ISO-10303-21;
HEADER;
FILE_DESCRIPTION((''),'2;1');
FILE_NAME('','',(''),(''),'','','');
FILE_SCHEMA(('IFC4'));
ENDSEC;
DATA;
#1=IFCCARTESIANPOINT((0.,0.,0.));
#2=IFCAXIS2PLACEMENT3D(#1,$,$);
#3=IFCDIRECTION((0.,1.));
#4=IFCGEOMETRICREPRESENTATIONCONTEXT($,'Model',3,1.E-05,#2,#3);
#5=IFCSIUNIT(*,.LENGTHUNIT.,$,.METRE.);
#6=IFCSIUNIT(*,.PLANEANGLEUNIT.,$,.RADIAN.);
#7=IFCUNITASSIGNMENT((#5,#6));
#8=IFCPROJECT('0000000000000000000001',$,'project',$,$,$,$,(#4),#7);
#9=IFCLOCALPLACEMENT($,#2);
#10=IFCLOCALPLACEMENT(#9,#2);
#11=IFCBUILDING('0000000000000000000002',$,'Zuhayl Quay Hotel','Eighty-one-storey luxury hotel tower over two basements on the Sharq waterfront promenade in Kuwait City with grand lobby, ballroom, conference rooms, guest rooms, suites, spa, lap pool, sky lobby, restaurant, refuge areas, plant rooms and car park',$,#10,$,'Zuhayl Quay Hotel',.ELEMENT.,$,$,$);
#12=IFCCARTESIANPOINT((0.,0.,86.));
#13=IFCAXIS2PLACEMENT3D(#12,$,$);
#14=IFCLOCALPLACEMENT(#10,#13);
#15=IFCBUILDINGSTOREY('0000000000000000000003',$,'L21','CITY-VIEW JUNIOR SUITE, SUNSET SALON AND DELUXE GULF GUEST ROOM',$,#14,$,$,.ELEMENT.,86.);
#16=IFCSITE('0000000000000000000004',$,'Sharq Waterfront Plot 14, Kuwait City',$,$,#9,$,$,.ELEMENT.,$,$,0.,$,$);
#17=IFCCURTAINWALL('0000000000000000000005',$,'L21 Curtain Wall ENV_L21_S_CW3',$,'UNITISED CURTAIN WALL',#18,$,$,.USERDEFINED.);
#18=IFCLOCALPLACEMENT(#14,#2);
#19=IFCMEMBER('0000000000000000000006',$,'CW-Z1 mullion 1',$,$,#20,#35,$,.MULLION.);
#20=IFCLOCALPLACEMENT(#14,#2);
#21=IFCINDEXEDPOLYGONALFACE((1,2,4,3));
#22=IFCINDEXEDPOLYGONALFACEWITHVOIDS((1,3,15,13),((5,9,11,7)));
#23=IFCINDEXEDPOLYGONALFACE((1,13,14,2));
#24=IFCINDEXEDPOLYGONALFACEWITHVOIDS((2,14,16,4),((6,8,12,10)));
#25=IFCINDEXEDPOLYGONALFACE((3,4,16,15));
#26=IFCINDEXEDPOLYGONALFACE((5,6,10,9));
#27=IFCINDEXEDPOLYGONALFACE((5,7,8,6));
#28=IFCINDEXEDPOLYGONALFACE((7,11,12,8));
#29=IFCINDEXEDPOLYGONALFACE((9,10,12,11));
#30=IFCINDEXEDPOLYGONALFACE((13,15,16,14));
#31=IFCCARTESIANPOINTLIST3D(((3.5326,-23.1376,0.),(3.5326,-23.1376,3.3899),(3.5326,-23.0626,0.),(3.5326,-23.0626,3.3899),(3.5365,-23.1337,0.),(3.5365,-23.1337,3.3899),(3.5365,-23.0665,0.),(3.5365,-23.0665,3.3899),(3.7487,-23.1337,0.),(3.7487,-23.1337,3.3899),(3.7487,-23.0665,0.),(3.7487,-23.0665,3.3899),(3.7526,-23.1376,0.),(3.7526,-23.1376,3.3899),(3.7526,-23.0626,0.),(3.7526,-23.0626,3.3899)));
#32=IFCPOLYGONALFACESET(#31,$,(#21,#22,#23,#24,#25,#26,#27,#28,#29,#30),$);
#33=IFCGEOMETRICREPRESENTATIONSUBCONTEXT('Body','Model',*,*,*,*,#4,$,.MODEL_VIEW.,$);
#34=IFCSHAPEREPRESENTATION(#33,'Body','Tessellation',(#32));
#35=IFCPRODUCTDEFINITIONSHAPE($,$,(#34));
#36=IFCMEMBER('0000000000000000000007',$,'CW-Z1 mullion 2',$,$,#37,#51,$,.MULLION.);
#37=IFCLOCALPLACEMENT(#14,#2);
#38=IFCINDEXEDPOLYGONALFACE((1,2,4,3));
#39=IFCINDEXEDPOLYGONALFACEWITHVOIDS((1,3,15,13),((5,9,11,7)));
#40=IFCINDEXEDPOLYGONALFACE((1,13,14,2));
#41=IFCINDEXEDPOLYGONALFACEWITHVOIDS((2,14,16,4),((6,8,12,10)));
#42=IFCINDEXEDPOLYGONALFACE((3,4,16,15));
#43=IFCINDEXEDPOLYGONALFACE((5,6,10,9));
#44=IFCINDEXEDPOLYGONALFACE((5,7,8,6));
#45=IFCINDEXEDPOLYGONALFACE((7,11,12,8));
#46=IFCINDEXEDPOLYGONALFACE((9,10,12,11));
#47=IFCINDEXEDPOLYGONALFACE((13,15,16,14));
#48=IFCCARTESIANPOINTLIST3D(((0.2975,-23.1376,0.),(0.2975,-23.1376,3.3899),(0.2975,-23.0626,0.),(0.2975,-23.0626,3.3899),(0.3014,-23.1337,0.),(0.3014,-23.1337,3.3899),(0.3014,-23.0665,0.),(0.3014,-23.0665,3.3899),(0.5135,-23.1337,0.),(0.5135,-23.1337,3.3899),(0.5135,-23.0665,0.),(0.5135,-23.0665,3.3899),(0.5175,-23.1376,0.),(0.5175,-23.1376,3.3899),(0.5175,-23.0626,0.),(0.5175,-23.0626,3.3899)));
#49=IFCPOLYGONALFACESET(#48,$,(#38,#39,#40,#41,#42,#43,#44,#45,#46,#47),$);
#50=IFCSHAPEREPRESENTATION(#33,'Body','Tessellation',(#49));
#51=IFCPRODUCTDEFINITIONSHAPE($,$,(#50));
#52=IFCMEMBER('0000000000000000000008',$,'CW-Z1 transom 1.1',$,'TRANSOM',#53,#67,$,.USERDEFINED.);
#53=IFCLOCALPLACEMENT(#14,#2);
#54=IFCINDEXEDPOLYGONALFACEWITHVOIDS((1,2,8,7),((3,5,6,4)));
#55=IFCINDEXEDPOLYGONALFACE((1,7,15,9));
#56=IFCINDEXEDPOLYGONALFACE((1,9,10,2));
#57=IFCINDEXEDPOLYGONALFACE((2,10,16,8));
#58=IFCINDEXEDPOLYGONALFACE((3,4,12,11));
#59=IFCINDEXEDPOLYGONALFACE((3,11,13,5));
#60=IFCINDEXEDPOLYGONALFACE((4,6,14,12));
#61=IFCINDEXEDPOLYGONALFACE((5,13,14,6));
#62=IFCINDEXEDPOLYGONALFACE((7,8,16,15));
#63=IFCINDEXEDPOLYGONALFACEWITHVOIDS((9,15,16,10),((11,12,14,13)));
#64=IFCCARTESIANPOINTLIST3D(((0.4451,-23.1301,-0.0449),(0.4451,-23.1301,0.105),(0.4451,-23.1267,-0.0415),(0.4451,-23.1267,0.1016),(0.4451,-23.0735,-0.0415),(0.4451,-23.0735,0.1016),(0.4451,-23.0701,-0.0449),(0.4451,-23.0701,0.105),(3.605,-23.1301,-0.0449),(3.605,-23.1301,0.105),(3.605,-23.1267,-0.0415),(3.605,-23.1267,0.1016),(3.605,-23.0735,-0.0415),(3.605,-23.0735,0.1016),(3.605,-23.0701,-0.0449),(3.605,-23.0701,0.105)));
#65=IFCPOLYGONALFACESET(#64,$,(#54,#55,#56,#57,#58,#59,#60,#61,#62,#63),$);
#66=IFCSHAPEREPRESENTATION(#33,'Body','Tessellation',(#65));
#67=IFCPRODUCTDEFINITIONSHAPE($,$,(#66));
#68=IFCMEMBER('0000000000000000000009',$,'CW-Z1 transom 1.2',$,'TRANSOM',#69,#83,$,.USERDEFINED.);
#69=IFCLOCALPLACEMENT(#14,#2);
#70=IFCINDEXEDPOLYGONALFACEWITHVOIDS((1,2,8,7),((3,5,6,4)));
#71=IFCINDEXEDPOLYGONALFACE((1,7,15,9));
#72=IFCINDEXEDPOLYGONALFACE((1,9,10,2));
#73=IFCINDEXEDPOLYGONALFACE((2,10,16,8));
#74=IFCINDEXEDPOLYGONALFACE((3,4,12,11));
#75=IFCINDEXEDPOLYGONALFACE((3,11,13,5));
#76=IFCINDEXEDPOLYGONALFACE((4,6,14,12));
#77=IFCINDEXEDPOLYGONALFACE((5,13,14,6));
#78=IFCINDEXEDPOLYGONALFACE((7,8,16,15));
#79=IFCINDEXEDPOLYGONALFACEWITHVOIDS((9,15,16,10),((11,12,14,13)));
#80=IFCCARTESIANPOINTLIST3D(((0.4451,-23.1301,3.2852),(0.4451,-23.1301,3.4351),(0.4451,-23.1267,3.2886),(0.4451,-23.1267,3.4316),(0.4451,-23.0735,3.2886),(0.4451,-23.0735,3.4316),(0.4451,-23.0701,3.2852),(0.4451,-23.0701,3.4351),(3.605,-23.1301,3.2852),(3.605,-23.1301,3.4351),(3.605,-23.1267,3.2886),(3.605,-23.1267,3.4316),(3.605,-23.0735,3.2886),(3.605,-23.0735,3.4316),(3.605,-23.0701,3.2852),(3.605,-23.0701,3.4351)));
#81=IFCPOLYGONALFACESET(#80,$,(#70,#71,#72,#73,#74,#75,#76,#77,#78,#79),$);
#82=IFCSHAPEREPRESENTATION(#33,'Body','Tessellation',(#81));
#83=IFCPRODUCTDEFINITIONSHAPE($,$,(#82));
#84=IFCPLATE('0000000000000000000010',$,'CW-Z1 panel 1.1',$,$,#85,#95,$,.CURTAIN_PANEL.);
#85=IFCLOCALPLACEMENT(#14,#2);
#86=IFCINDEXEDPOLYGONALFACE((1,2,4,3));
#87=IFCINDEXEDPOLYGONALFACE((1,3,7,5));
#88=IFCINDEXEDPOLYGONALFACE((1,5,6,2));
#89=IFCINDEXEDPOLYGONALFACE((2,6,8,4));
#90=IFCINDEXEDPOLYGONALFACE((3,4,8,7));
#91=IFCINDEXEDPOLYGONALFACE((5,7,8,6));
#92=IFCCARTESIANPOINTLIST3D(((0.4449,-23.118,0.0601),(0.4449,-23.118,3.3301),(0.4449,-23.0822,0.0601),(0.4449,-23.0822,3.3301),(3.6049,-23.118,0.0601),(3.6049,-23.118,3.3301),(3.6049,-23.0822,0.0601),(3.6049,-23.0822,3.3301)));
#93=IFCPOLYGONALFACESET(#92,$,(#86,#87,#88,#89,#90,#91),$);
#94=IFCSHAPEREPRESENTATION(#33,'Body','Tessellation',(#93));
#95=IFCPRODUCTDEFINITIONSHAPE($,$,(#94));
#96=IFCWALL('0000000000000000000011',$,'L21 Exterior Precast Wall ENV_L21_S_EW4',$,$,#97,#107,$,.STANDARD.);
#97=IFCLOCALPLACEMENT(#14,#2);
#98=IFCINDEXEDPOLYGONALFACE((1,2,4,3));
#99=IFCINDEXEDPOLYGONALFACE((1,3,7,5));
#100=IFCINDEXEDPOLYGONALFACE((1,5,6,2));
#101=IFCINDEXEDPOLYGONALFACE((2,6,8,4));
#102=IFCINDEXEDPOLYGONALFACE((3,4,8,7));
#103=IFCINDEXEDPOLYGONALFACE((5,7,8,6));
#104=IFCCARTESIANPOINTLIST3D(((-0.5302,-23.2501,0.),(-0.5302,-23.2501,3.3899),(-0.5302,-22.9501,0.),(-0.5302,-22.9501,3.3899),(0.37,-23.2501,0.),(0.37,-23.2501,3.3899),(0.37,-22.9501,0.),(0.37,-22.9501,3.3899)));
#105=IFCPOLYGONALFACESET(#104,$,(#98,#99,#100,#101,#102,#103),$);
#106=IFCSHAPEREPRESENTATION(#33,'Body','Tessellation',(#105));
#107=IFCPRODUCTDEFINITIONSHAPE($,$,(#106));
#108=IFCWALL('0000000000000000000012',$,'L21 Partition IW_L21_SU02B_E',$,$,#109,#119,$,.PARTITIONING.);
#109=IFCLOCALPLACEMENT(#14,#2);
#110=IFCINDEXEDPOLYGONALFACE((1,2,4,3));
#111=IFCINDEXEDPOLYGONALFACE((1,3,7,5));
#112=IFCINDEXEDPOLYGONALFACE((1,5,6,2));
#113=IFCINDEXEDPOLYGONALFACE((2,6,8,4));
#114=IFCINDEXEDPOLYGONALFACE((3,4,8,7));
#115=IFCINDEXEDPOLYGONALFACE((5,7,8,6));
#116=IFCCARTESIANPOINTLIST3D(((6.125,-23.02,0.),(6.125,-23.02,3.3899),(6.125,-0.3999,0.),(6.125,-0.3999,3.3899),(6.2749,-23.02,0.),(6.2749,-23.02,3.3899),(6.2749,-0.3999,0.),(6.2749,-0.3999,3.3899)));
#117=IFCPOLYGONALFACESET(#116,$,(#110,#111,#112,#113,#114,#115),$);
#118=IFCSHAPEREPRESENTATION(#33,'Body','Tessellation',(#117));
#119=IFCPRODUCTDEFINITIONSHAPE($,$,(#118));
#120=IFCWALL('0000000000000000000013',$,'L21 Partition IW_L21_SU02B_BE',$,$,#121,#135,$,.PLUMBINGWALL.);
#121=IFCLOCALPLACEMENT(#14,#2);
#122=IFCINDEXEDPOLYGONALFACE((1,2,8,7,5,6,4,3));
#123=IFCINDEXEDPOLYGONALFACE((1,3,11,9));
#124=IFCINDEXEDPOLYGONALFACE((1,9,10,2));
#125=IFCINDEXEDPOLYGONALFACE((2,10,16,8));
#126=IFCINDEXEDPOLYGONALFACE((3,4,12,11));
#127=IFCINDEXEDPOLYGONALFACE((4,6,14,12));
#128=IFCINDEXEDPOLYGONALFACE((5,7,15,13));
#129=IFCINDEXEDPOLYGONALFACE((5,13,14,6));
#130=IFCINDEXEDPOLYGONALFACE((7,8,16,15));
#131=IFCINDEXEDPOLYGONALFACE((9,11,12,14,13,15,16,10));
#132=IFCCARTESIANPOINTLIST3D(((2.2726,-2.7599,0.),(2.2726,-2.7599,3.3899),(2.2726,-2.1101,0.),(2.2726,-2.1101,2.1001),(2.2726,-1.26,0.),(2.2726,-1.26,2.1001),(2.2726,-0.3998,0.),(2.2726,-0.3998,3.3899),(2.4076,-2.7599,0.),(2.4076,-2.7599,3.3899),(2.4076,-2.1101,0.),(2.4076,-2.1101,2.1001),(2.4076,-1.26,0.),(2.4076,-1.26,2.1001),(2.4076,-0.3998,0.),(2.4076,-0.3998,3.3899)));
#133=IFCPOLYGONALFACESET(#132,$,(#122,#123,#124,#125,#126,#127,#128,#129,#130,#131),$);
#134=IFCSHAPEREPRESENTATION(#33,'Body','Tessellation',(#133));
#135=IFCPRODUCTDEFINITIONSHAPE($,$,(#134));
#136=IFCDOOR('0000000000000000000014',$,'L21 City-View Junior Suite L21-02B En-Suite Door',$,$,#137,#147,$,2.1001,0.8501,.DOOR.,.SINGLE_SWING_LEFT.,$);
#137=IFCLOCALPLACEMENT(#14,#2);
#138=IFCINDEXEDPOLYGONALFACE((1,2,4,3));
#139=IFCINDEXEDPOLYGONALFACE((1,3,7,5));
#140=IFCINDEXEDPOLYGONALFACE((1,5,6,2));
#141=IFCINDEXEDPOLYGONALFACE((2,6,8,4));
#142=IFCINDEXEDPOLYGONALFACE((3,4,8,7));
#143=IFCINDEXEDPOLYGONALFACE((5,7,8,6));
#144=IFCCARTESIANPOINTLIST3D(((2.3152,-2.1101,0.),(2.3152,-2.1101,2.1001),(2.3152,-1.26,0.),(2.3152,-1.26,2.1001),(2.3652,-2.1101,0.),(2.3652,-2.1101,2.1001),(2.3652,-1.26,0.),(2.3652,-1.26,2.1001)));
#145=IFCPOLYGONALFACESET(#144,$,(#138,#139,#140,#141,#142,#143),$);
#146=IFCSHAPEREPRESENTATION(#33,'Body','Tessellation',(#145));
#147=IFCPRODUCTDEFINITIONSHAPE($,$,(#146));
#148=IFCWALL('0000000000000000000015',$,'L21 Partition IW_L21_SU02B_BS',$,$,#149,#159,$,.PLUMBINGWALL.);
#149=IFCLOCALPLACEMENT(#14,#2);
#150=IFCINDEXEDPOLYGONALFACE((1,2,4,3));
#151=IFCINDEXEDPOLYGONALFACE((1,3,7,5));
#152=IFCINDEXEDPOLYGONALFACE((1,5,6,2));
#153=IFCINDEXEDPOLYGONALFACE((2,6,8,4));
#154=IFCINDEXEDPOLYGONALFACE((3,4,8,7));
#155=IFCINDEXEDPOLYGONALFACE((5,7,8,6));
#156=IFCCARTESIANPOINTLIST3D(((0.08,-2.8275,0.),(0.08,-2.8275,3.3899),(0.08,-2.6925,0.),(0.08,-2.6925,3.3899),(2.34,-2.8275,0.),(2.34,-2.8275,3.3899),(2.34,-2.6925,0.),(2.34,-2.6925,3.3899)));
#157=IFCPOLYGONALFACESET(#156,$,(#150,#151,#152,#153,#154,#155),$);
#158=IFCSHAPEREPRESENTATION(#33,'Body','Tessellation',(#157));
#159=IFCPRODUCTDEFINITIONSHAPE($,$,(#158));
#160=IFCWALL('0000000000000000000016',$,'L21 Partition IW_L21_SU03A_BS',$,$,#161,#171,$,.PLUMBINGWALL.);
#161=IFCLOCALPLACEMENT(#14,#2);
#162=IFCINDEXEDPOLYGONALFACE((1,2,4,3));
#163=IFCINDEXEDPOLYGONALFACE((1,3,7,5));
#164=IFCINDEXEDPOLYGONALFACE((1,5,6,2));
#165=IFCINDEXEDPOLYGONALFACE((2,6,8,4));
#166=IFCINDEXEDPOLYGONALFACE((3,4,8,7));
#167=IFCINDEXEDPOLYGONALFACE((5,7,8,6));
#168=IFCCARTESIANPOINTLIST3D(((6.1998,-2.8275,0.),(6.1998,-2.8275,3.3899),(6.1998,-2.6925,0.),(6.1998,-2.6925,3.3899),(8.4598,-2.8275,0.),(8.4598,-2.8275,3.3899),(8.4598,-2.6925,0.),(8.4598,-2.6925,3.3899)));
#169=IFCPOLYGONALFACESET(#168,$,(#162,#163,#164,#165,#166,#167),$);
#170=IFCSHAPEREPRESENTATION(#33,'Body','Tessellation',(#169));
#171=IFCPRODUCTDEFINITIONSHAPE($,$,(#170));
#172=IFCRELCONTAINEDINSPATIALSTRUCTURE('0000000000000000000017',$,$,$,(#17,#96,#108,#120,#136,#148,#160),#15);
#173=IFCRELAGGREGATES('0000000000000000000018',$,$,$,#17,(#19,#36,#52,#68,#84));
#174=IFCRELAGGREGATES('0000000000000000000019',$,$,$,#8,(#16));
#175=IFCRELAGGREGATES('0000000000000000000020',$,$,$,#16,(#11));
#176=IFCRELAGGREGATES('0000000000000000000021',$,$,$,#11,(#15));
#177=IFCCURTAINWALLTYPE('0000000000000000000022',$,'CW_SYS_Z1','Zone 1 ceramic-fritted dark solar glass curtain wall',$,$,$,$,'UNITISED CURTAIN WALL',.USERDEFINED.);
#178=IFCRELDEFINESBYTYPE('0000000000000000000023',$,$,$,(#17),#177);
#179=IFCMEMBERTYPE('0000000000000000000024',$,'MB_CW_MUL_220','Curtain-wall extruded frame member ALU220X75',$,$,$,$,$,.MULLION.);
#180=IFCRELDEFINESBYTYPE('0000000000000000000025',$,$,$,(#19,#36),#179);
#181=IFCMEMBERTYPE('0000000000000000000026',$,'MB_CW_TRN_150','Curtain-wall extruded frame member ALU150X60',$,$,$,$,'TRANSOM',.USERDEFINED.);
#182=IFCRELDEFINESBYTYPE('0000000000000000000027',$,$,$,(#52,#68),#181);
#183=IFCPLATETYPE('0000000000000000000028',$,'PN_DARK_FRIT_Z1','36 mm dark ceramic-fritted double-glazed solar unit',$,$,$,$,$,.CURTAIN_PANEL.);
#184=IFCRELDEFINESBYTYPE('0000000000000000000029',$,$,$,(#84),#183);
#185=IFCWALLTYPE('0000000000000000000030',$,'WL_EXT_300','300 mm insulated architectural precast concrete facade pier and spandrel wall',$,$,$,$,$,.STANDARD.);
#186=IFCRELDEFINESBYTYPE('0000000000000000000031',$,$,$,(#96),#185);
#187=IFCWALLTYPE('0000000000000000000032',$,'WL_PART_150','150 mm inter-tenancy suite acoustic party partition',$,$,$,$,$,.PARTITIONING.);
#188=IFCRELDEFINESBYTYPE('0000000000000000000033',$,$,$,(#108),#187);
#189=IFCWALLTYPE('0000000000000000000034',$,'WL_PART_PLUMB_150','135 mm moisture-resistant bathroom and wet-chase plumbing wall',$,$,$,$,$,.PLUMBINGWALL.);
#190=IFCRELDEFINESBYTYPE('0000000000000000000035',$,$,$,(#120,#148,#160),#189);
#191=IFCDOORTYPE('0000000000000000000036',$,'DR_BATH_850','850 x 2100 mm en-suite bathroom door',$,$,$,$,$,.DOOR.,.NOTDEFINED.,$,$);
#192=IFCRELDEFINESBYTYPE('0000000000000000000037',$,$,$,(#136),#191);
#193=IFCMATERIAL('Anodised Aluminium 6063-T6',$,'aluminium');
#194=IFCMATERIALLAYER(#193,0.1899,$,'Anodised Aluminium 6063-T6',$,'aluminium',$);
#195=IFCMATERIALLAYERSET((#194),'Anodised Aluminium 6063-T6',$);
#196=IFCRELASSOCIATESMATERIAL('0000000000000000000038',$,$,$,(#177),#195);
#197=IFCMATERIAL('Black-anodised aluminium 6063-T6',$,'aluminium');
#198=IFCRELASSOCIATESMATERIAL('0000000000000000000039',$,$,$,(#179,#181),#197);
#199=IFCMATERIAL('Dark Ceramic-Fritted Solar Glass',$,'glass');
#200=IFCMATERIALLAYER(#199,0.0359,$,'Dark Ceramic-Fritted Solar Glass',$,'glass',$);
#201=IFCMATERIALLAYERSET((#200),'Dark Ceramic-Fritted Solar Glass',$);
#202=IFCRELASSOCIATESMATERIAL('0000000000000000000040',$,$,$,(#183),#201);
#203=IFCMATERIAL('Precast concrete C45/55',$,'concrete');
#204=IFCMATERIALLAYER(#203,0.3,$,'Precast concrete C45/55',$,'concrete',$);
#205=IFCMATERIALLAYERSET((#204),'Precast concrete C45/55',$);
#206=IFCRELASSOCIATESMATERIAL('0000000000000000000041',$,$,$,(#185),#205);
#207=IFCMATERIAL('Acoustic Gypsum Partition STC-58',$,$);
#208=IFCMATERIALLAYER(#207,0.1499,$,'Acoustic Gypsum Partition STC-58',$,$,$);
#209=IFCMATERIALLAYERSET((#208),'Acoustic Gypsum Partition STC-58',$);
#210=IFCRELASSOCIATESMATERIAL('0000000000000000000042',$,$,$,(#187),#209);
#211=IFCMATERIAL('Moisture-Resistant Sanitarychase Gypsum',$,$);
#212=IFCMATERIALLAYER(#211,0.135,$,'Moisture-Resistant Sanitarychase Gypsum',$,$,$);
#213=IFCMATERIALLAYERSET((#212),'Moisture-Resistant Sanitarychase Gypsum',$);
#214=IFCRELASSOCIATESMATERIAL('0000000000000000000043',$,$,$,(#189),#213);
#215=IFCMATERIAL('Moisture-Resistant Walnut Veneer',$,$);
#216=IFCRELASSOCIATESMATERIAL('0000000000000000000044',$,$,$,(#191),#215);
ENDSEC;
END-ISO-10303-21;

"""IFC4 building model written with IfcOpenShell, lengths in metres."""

from ifc_helpers import new_model, si_unit, direction, frame, frame_2d, origin, origin_2d, place, context, subcontext, project, spatial, rectangle, hollow_rectangle, extrude, material, layer, layer_set, material_profile, profile_set, type_object, element, fill, aggregate, save


model = new_model("IFC4")

# Units and contexts
model_context = context("Model", 3, precision=1e-05, world=origin(), true_north=direction((0.0, 1.0)))
body_context = subcontext(model_context, "Body", "Model", "MODEL_VIEW")
ifc_project = project(units=[si_unit("LENGTHUNIT", "METRE"), si_unit("PLANEANGLEUNIT", "RADIAN")], contexts=[model_context])

# Site, building, storey
site_placement = place(None, origin())
site = spatial("IfcSite", under=ifc_project, at=site_placement, Name="Sharq Waterfront Plot 14, Kuwait City", CompositionType="ELEMENT", RefElevation=0.0)
building_placement = place(site_placement, origin())
building = spatial("IfcBuilding", under=site, at=building_placement, Name="Zuhayl Quay Hotel", Description="Eighty-one-storey luxury hotel tower over two basements on the Sharq waterfront promenade in Kuwait City with grand lobby, ballroom, conference rooms, guest rooms, suites, spa, lap pool, sky lobby, restaurant, refuge areas, plant rooms and car park", LongName="Zuhayl Quay Hotel", CompositionType="ELEMENT")
storey_placement = place(building_placement, frame((0.0, 0.0, 86.0)))
storey = spatial("IfcBuildingStorey", under=building, at=storey_placement, Name="L21", Description="CITY-VIEW JUNIOR SUITE, SUNSET SALON AND DELUXE GULF GUEST ROOM", CompositionType="ELEMENT", Elevation=86.0)

# Curtain wall, members, plate
ifc_material_1 = material(Name="Anodised Aluminium 6063-T6", Category="aluminium")
ifc_layer_1 = layer(ifc_material_1, 0.1899, Name="Anodised Aluminium 6063-T6", Category="aluminium")
ifc_layer_set_1 = layer_set([ifc_layer_1], Name="Anodised Aluminium 6063-T6")
curtain_wall_type = type_object("IfcCurtainWallType", Name="CW_SYS_Z1", Description="Zone 1 ceramic-fritted dark solar glass curtain wall", ElementType="UNITISED CURTAIN WALL", PredefinedType="USERDEFINED", material=ifc_layer_set_1)
curtain_wall_placement = place(storey_placement, origin())
curtain_wall = element("IfcCurtainWall", 1, at=curtain_wall_placement, inside=storey, type_object=curtain_wall_type, Name="L21 Curtain Wall ENV_L21_S_CW3", ObjectType="UNITISED CURTAIN WALL", PredefinedType="USERDEFINED")
ifc_material_2 = material(Name="Black-anodised aluminium 6063-T6", Category="aluminium")
ifc_material_profile_1 = material_profile(ifc_material_2, hollow_rectangle(XDim=0.075, YDim=0.22, WallThickness=0.0039, at=origin_2d()), Name="ALU220X75")
ifc_profile_set_1 = profile_set([ifc_material_profile_1], Name="Black-anodised aluminium 6063-T6")
member_type_1 = type_object("IfcMemberType", Name="MB_CW_MUL_220", Description="Curtain-wall extruded frame member ALU220X75", PredefinedType="MULLION", material=ifc_profile_set_1)
member_1_placement = place(storey_placement, frame((3.6426, -23.1001, 0.0), z_axis=(0.0, 0.0, 1.0), x_axis=(0.0, -1.0, 0.0)))
member_1 = element("IfcMember", 2, at=member_1_placement, type_object=member_type_1, Name="CW-Z1 mullion 1", PredefinedType="MULLION", context=body_context, shape_type="SweptSolid", body=[
    extrude(hollow_rectangle(XDim=0.075, YDim=0.22, WallThickness=0.0039, at=origin_2d()), origin(), (0.0, 0.0, 1.0), 3.3899),
])
member_2_placement = place(storey_placement, frame((0.4075, -23.1001, 0.0), z_axis=(0.0, 0.0, 1.0), x_axis=(0.0, -1.0, 0.0)))
member_2 = element("IfcMember", 3, at=member_2_placement, type_object=member_type_1, Name="CW-Z1 mullion 2", PredefinedType="MULLION", context=body_context, shape_type="SweptSolid", body=[
    extrude(hollow_rectangle(XDim=0.075, YDim=0.22, WallThickness=0.0039, at=origin_2d()), origin(), (0.0, 0.0, 1.0), 3.3899),
])
ifc_material_profile_2 = material_profile(ifc_material_2, hollow_rectangle(XDim=0.0601, YDim=0.1499, WallThickness=0.0034, at=origin_2d()), Name="ALU150X60")
ifc_profile_set_2 = profile_set([ifc_material_profile_2], Name="Black-anodised aluminium 6063-T6")
member_type_2 = type_object("IfcMemberType", Name="MB_CW_TRN_150", Description="Curtain-wall extruded frame member ALU150X60", ElementType="TRANSOM", PredefinedType="USERDEFINED", material=ifc_profile_set_2)
member_3_placement = place(storey_placement, frame((3.605, -23.1001, 0.03), z_axis=(-1.0, 0.0, 0.0), x_axis=(0.0, -1.0, 0.0)))
member_3 = element("IfcMember", 4, at=member_3_placement, type_object=member_type_2, Name="CW-Z1 transom 1.1", ObjectType="TRANSOM", PredefinedType="USERDEFINED", context=body_context, shape_type="SweptSolid", body=[
    extrude(hollow_rectangle(XDim=0.0601, YDim=0.1499, WallThickness=0.0034, at=origin_2d()), origin(), (0.0, 0.0, 1.0), 3.1599),
])
member_4_placement = place(storey_placement, frame((3.605, -23.1001, 3.3601), z_axis=(-1.0, 0.0, 0.0), x_axis=(0.0, -1.0, 0.0)))
member_4 = element("IfcMember", 5, at=member_4_placement, type_object=member_type_2, Name="CW-Z1 transom 1.2", ObjectType="TRANSOM", PredefinedType="USERDEFINED", context=body_context, shape_type="SweptSolid", body=[
    extrude(hollow_rectangle(XDim=0.0601, YDim=0.1499, WallThickness=0.0034, at=origin_2d()), origin(), (0.0, 0.0, 1.0), 3.1599),
])
ifc_material_3 = material(Name="Dark Ceramic-Fritted Solar Glass", Category="glass")
ifc_layer_2 = layer(ifc_material_3, 0.0359, Name="Dark Ceramic-Fritted Solar Glass", Category="glass")
ifc_layer_set_2 = layer_set([ifc_layer_2], Name="Dark Ceramic-Fritted Solar Glass")
plate_type = type_object("IfcPlateType", Name="PN_DARK_FRIT_Z1", Description="36 mm dark ceramic-fritted double-glazed solar unit", PredefinedType="CURTAIN_PANEL", material=ifc_layer_set_2)
plate_placement = place(storey_placement, frame((2.0249, -23.1001, 0.0601), z_axis=(0.0, 0.0, 1.0), x_axis=(-1.0, 0.0, 0.0)))
plate = element("IfcPlate", 6, at=plate_placement, type_object=plate_type, Name="CW-Z1 panel 1.1", PredefinedType="CURTAIN_PANEL", context=body_context, shape_type="SweptSolid", body=[
    extrude(rectangle(XDim=3.1599, YDim=0.0359, at=origin_2d()), origin(), (0.0, 0.0, 1.0), 3.27),
])
aggregate(curtain_wall, [member_1, member_2, member_3, member_4, plate])

# Walls
ifc_material_4 = material(Name="Precast concrete C45/55", Category="concrete")
ifc_layer_3 = layer(ifc_material_4, 0.3, Name="Precast concrete C45/55", Category="concrete")
ifc_layer_set_3 = layer_set([ifc_layer_3], Name="Precast concrete C45/55")
wall_type_1 = type_object("IfcWallType", Name="WL_EXT_300", Description="300 mm insulated architectural precast concrete facade pier and spandrel wall", PredefinedType="STANDARD", material=ifc_layer_set_3)
wall_1_placement = place(storey_placement, frame((0.3701, -23.1001, 0.0), z_axis=(0.0, 0.0, 1.0), x_axis=(-1.0, 0.0, 0.0)))
element("IfcWall", 7, at=wall_1_placement, inside=storey, type_object=wall_type_1, Name="L21 Exterior Precast Wall ENV_L21_S_EW4", PredefinedType="STANDARD", context=body_context, shape_type="SweptSolid", body=[
    extrude(rectangle(XDim=0.9001, YDim=0.3, at=frame_2d((0.4502, 0.0))), origin(), (0.0, 0.0, 1.0), 3.3899),
])
ifc_material_5 = material(Name="Acoustic Gypsum Partition STC-58")
ifc_layer_4 = layer(ifc_material_5, 0.1499, Name="Acoustic Gypsum Partition STC-58")
ifc_layer_set_4 = layer_set([ifc_layer_4], Name="Acoustic Gypsum Partition STC-58")
wall_type_2 = type_object("IfcWallType", Name="WL_PART_150", Description="150 mm inter-tenancy suite acoustic party partition", PredefinedType="PARTITIONING", material=ifc_layer_set_4)
wall_2_placement = place(storey_placement, frame((6.2, -23.02, 0.0), z_axis=(0.0, 0.0, 1.0), x_axis=(0.0, 1.0, 0.0)))
element("IfcWall", 8, at=wall_2_placement, inside=storey, type_object=wall_type_2, Name="L21 Partition IW_L21_SU02B_E", PredefinedType="PARTITIONING", context=body_context, shape_type="SweptSolid", body=[
    extrude(rectangle(XDim=22.6201, YDim=0.1499, at=frame_2d((11.3101, 0.0))), origin(), (0.0, 0.0, 1.0), 3.3899),
])

# Wall, opening, door
ifc_material_6 = material(Name="Moisture-Resistant Sanitarychase Gypsum")
ifc_layer_5 = layer(ifc_material_6, 0.135, Name="Moisture-Resistant Sanitarychase Gypsum")
ifc_layer_set_5 = layer_set([ifc_layer_5], Name="Moisture-Resistant Sanitarychase Gypsum")
wall_type_3 = type_object("IfcWallType", Name="WL_PART_PLUMB_150", Description="135 mm moisture-resistant bathroom and wet-chase plumbing wall", PredefinedType="PLUMBINGWALL", material=ifc_layer_set_5)
wall_3_placement = place(storey_placement, frame((2.3401, -2.76, 0.0), z_axis=(0.0, 0.0, 1.0), x_axis=(0.0, 1.0, 0.0)))
wall_3 = element("IfcWall", 9, at=wall_3_placement, inside=storey, type_object=wall_type_3, Name="L21 Partition IW_L21_SU02B_BE", PredefinedType="PLUMBINGWALL", context=body_context, shape_type="SweptSolid", body=[
    extrude(rectangle(XDim=2.3601, YDim=0.135, at=frame_2d((1.1802, 0.0))), origin(), (0.0, 0.0, 1.0), 3.3899),
])
opening_placement = place(wall_3_placement, frame((0.6499, 0.0, 0.0)))
opening = element("IfcOpeningElement", 10, at=opening_placement, cuts=wall_3, PredefinedType="OPENING", context=body_context, shape_type="SweptSolid", body=[
    extrude(rectangle(XDim=0.8501, YDim=2.1001, at=frame_2d((0.425, 1.05))), frame((0.0, 0.0774, 0.0), z_axis=(0.0, -1.0, 0.0), x_axis=(1.0, 0.0, 0.0)), (0.0, 0.0, 1.0), 0.155),
])
ifc_material_7 = material(Name="Moisture-Resistant Walnut Veneer")
door_type = type_object("IfcDoorType", Name="DR_BATH_850", Description="850 x 2100 mm en-suite bathroom door", OperationType="NOTDEFINED", PredefinedType="DOOR", material=ifc_material_7)
door_placement = place(opening_placement, origin())
door = element("IfcDoor", 11, at=door_placement, inside=storey, type_object=door_type, Name="L21 City-View Junior Suite L21-02B En-Suite Door", OperationType="SINGLE_SWING_LEFT", OverallHeight=2.1001, OverallWidth=0.8501, PredefinedType="DOOR", context=body_context, shape_type="SweptSolid", body=[
    extrude(rectangle(XDim=0.8501, YDim=2.1001, at=frame_2d((0.425, 1.05))), frame((0.0, 0.0249, 0.0), z_axis=(0.0, -1.0, 0.0), x_axis=(1.0, 0.0, 0.0)), (0.0, 0.0, 1.0), 0.05),
])
fill(opening, door)

# Walls
for number, where, z_axis, x_axis, name in (
    (12, (0.0801, -2.76, 0.0), (0.0, 0.0, 1.0), (1.0, 0.0, 0.0), "L21 Partition IW_L21_SU02B_BS"),
    (13, (6.2, -2.76, 0.0), (0.0, 0.0, 1.0), (1.0, 0.0, 0.0), "L21 Partition IW_L21_SU03A_BS"),
):
    element("IfcWall", number, at=place(storey_placement, frame(where, z_axis=z_axis, x_axis=x_axis)), inside=storey, type_object=wall_type_3, Name=name, PredefinedType="PLUMBINGWALL", context=body_context, shape_type="SweptSolid", body=[
        extrude(rectangle(XDim=2.26, YDim=0.135, at=frame_2d((1.1299, 0.0))), origin(), (0.0, 0.0, 1.0), 3.3899),
    ])

save(model, "model.ifc")
